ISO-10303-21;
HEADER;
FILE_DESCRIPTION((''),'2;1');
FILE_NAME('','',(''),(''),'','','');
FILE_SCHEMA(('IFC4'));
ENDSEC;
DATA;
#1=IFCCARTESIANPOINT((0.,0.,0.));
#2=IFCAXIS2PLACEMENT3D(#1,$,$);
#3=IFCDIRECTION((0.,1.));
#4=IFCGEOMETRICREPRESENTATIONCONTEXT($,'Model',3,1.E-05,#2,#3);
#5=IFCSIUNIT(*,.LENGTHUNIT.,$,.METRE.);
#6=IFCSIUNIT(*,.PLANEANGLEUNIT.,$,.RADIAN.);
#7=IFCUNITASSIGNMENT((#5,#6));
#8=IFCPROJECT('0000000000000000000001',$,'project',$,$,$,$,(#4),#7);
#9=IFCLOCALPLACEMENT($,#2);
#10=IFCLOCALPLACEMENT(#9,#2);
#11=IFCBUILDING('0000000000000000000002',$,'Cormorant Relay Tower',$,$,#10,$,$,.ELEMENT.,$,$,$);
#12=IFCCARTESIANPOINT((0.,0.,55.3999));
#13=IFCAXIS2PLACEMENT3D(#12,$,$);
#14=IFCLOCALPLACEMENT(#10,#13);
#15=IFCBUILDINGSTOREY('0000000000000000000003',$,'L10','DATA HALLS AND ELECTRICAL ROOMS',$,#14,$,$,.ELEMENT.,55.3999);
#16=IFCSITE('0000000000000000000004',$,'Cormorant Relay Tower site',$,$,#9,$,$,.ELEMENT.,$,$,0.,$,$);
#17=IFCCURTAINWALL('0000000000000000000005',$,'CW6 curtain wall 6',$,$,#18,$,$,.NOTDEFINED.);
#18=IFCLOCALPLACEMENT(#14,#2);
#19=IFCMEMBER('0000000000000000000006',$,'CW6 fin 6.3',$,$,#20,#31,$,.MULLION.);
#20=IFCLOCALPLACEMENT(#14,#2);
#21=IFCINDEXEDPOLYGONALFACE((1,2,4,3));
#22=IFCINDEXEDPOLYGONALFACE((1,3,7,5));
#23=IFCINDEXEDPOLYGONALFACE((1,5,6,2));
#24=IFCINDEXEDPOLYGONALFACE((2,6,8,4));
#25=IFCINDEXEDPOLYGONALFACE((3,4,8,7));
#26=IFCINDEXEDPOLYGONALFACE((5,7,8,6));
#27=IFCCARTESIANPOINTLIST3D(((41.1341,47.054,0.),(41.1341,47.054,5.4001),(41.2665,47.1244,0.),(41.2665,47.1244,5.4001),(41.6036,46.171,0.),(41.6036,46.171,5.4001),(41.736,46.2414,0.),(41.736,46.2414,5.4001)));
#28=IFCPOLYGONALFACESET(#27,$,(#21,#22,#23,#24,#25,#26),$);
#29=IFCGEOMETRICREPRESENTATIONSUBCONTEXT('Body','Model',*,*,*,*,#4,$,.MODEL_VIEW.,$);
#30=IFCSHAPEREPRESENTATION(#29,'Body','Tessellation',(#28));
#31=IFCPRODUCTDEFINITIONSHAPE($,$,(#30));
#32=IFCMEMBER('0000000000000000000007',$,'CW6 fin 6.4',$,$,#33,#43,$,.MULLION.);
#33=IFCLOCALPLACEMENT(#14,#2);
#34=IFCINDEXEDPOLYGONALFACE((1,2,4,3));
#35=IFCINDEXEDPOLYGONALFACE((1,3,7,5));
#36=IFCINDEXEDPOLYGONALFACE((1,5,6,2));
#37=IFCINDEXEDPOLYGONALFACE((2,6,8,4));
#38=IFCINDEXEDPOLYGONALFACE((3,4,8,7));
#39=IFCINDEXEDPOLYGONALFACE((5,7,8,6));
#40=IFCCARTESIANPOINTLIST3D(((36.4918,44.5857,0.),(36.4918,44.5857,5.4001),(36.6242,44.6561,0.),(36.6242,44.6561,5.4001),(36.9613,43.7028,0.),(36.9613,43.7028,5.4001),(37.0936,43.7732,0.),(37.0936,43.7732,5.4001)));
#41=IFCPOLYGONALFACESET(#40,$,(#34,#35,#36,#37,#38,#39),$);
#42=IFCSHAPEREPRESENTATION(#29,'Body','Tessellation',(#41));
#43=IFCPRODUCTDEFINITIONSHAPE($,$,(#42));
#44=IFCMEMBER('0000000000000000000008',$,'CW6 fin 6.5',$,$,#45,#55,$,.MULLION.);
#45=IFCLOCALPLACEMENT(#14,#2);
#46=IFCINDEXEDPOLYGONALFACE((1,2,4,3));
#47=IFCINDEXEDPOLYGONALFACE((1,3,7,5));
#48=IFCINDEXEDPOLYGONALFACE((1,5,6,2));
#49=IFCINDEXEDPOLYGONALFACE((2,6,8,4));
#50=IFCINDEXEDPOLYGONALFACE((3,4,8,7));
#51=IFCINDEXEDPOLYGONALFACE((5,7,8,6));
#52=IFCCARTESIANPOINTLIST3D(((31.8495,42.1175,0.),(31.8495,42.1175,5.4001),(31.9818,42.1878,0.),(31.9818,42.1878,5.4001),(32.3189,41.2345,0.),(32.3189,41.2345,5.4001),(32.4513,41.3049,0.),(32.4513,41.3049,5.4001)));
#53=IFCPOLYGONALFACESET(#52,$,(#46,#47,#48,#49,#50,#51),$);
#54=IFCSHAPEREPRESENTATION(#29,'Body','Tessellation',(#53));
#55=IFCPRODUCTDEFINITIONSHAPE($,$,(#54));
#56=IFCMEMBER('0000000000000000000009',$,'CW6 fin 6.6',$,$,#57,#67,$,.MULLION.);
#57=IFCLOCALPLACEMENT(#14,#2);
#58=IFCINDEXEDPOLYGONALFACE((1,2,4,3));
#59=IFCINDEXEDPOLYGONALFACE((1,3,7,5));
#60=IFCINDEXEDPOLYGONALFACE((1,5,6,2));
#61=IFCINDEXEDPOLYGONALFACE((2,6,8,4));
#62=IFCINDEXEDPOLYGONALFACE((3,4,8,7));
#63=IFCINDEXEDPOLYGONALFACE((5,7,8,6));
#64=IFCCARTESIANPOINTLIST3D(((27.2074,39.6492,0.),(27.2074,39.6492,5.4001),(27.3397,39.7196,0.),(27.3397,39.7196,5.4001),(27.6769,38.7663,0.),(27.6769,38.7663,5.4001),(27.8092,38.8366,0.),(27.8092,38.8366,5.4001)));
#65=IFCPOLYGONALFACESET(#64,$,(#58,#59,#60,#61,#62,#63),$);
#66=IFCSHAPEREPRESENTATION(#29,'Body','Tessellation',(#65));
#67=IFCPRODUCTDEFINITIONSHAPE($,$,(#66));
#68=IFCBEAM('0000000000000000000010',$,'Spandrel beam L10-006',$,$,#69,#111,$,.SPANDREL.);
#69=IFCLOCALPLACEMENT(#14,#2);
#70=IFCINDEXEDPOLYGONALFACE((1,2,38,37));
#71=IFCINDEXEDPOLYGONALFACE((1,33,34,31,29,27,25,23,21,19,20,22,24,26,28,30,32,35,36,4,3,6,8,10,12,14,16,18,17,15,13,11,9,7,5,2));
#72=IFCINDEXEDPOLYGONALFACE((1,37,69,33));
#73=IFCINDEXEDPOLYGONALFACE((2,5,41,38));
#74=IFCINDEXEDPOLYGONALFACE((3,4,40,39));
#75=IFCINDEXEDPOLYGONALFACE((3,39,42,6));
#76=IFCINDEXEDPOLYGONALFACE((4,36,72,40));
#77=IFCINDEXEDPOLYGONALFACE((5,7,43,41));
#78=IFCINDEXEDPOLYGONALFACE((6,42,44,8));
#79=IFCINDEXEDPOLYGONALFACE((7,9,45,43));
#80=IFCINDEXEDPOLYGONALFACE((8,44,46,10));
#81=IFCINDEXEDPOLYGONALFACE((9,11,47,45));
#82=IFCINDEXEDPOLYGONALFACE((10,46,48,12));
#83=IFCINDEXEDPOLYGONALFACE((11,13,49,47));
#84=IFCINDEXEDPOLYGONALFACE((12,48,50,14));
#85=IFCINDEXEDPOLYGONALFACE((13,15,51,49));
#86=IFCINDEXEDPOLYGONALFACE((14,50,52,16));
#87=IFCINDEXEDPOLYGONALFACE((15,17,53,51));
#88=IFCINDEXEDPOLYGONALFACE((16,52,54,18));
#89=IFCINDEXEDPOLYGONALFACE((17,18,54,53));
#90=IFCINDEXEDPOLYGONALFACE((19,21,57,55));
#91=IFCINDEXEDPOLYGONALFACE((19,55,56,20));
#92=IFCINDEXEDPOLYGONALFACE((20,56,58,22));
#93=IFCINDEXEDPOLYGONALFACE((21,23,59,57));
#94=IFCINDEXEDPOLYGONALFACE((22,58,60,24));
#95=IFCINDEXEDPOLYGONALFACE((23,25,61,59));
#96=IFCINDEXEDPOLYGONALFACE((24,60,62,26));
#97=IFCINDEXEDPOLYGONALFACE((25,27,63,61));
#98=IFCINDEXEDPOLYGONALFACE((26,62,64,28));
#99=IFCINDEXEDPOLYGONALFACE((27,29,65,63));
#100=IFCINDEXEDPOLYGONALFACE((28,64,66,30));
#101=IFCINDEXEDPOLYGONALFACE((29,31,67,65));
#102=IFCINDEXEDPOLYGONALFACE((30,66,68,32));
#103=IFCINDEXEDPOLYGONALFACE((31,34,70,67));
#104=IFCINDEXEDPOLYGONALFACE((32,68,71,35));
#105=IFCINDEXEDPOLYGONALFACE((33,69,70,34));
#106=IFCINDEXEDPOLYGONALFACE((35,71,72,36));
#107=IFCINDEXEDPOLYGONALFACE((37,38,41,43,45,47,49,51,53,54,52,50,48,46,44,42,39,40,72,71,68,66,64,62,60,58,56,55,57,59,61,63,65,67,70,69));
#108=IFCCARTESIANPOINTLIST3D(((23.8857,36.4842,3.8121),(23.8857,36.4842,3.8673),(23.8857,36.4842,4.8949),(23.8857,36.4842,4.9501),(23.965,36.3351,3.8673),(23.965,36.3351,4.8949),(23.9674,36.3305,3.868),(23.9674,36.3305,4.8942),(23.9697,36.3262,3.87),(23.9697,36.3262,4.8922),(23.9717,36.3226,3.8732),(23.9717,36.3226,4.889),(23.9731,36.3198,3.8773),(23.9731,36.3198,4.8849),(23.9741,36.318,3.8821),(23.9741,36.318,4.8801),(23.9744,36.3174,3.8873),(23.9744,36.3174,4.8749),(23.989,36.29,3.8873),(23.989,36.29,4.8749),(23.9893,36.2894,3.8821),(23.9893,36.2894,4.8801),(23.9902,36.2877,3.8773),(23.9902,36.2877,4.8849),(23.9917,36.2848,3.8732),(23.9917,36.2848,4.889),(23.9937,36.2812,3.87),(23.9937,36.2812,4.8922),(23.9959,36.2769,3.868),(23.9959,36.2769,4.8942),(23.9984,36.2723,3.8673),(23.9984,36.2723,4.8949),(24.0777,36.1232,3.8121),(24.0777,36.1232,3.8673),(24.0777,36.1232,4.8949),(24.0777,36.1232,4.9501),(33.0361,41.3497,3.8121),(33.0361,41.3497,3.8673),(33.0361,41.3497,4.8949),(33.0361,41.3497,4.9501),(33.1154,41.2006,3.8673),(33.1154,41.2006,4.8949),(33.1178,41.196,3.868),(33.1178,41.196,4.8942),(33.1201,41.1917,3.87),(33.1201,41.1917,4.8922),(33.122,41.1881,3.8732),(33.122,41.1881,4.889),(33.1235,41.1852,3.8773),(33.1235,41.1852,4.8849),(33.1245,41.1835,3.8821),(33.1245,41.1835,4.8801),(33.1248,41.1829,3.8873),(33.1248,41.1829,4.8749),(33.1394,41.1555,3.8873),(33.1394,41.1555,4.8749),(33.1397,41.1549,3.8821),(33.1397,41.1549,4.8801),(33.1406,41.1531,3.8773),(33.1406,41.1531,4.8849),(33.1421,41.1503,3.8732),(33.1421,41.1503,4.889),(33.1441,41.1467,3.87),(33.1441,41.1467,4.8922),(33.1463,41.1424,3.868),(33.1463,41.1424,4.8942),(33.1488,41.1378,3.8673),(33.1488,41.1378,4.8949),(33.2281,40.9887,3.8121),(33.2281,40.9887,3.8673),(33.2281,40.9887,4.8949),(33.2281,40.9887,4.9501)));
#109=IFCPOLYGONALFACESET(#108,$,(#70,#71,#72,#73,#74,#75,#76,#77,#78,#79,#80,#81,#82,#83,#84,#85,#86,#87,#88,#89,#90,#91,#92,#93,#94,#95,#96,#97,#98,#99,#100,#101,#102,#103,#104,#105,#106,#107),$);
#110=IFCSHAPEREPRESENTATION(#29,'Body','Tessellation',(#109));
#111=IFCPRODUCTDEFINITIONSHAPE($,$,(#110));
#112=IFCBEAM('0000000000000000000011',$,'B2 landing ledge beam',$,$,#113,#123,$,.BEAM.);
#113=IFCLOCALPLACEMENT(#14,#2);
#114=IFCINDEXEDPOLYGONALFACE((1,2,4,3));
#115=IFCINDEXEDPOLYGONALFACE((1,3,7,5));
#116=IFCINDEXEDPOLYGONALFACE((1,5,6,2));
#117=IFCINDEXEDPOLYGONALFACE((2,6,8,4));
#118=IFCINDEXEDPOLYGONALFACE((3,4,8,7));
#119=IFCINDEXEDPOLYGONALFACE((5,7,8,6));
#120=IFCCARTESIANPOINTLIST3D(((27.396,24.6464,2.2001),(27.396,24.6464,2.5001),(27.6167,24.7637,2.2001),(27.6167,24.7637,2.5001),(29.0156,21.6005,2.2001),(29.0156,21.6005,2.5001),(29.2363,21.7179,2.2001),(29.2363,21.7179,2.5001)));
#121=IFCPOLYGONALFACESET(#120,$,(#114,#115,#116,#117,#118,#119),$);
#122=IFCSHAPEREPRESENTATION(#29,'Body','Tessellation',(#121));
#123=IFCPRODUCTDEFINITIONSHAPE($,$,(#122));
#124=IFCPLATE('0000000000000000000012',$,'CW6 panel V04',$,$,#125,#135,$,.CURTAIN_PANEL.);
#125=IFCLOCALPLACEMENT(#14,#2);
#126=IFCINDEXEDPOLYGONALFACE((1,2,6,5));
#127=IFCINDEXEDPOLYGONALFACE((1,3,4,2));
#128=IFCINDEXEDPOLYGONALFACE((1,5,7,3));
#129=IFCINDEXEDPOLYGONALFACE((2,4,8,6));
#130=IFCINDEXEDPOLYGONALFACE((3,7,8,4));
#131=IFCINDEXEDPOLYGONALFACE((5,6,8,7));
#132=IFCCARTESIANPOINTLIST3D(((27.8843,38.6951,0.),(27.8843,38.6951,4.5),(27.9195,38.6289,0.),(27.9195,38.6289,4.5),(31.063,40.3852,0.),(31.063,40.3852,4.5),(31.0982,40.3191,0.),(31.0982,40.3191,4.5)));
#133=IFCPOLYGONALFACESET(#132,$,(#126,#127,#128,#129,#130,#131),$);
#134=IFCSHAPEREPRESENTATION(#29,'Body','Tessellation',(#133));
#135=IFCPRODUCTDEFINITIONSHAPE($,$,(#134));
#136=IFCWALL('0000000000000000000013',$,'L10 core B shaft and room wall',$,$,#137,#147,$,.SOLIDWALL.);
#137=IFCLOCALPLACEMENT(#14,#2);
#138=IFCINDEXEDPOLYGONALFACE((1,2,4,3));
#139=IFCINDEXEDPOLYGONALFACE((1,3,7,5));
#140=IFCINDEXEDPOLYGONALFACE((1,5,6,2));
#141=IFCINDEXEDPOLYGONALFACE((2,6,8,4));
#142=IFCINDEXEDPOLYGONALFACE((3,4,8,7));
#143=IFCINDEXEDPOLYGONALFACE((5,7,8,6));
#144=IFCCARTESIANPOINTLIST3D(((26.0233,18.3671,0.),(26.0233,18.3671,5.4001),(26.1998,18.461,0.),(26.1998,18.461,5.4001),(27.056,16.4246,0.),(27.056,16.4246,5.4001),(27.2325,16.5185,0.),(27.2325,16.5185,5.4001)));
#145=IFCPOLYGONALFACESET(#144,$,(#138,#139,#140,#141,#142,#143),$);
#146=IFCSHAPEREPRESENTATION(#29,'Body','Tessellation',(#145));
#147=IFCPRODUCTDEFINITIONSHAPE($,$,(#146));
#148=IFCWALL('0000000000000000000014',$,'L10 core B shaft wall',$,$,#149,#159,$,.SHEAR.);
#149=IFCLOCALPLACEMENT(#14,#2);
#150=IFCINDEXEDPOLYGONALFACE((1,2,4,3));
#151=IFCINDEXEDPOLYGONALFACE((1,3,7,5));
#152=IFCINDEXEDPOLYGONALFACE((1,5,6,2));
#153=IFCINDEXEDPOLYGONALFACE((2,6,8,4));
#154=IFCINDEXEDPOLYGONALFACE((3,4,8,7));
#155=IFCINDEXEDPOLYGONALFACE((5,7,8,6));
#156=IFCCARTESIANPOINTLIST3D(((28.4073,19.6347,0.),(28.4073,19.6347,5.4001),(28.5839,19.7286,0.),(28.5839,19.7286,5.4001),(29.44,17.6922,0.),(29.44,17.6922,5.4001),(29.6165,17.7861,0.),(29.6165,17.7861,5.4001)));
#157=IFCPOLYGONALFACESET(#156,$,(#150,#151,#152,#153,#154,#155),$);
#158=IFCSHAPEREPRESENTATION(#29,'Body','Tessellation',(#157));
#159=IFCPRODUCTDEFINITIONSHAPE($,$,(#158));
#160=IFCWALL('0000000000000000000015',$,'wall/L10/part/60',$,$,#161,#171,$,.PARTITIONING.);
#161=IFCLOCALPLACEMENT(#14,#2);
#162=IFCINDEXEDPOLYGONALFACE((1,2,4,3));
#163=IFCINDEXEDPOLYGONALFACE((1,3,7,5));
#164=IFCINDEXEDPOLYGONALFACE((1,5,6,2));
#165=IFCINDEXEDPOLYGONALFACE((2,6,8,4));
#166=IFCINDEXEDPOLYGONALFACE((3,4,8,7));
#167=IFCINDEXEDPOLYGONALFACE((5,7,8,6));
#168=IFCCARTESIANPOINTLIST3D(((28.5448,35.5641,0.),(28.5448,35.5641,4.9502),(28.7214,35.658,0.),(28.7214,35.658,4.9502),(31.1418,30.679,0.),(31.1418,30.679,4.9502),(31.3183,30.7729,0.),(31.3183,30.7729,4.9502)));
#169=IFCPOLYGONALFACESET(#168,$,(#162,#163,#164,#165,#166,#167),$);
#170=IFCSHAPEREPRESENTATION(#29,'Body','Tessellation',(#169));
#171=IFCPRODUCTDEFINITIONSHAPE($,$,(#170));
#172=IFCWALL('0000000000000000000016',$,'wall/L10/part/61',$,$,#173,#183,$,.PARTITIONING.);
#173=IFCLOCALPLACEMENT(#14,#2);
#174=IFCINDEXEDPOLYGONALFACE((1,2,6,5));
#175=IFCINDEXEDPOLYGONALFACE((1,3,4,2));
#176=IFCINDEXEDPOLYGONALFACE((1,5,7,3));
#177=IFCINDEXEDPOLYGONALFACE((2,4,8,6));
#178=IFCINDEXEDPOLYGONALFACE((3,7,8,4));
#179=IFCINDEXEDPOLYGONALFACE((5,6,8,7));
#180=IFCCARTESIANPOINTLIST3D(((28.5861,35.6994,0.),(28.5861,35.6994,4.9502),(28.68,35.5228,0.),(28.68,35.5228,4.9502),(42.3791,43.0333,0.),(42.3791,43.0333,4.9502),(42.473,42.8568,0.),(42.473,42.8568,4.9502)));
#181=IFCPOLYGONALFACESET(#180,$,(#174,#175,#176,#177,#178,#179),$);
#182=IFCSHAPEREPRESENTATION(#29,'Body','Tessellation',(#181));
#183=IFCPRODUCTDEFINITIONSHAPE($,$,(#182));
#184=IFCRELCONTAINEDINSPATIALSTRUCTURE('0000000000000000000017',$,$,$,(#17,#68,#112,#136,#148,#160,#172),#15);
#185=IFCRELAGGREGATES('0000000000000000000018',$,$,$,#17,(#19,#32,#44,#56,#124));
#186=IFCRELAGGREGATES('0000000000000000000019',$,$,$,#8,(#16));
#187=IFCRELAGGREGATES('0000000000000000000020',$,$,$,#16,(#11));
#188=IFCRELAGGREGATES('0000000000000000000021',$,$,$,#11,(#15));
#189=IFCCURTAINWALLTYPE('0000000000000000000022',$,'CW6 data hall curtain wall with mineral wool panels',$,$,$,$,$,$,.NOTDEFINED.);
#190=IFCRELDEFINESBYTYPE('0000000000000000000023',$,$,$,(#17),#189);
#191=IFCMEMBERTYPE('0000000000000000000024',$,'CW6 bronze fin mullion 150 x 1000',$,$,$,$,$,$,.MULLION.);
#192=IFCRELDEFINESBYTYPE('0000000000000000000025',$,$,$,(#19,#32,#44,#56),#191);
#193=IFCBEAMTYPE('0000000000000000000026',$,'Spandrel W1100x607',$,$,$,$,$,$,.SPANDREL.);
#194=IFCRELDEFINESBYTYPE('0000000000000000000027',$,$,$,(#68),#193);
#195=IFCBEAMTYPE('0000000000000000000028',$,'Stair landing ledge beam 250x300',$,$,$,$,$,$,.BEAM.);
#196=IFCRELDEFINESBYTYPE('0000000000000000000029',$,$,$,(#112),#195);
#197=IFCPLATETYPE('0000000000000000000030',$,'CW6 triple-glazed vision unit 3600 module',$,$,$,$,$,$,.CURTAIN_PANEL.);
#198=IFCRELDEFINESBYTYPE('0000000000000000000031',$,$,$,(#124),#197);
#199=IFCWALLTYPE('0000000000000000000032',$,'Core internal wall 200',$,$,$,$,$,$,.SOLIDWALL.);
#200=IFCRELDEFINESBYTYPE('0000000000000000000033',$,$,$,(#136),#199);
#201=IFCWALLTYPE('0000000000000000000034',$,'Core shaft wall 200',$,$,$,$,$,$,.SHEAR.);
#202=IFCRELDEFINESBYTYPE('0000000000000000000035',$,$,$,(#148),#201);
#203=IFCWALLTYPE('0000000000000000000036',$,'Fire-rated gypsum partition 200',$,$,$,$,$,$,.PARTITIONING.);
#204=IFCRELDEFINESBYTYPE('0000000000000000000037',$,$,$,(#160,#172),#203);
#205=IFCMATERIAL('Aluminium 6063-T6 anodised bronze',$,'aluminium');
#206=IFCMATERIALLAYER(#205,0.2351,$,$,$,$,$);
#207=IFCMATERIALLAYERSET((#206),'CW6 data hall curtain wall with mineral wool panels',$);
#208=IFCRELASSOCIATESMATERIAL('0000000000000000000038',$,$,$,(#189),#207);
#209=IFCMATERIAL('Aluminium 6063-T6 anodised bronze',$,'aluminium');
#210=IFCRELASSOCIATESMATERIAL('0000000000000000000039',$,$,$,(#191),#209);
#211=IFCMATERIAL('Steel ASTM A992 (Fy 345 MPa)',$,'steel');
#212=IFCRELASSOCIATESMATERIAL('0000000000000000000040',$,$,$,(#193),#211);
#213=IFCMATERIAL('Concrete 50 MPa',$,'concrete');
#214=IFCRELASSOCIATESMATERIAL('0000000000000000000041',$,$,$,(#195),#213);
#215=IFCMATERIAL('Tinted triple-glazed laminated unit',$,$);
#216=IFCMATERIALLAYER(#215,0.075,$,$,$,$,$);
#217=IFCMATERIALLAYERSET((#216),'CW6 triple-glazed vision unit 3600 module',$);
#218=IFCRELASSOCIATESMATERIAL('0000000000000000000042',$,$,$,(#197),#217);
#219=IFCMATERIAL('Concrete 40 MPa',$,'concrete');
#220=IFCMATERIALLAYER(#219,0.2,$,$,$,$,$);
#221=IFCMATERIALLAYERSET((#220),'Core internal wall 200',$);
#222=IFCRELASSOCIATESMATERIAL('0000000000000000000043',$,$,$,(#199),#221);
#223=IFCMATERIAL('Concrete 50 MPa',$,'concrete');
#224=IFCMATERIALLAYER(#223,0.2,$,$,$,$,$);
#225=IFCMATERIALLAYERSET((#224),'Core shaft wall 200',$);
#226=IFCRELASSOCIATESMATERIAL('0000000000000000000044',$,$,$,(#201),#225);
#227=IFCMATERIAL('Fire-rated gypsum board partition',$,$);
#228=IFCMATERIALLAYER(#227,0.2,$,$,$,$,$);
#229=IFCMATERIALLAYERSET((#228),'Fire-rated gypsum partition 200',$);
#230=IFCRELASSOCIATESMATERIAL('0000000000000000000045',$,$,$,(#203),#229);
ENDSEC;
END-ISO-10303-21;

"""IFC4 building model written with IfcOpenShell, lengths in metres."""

from ifc_helpers import new_model, si_unit, direction, frame, frame_2d, origin, origin_2d, place, context, subcontext, project, spatial, rectangle, i_section, extrude, material, layer, layer_set, material_profile, profile_set, type_object, element, aggregate, save


model = new_model("IFC4")

# Units and contexts
model_context = context("Model", 3, precision=1e-05, world=origin(), true_north=direction((0.0, 1.0)))
body_context = subcontext(model_context, "Body", "Model", "MODEL_VIEW")
ifc_project = project(units=[si_unit("LENGTHUNIT", "METRE"), si_unit("PLANEANGLEUNIT", "RADIAN")], contexts=[model_context])

# Site, building, storey
site_placement = place(None, origin())
site = spatial("IfcSite", under=ifc_project, at=site_placement, Name="Cormorant Relay Tower site", CompositionType="ELEMENT", RefElevation=0.0)
building_placement = place(site_placement, origin())
building = spatial("IfcBuilding", under=site, at=building_placement, Name="Cormorant Relay Tower", CompositionType="ELEMENT")
storey_placement = place(building_placement, frame((0.0, 0.0, 55.3999)))
storey = spatial("IfcBuildingStorey", under=building, at=storey_placement, Name="L10", Description="DATA HALLS AND ELECTRICAL ROOMS", CompositionType="ELEMENT", Elevation=55.3999)

# Curtain wall, members
ifc_material_1 = material(Name="Aluminium 6063-T6 anodised bronze", Category="aluminium")
ifc_layer_1 = layer(ifc_material_1, 0.2351)
ifc_layer_set_1 = layer_set([ifc_layer_1], Name="CW6 data hall curtain wall with mineral wool panels")
curtain_wall_type = type_object("IfcCurtainWallType", Name="CW6 data hall curtain wall with mineral wool panels", PredefinedType="NOTDEFINED", material=ifc_layer_set_1)
curtain_wall_placement = place(storey_placement, origin())
curtain_wall = element("IfcCurtainWall", 1, at=curtain_wall_placement, inside=storey, type_object=curtain_wall_type, Name="CW6 curtain wall 6", PredefinedType="NOTDEFINED")
ifc_material_2 = material(Name="Aluminium 6063-T6 anodised bronze", Category="aluminium")
ifc_material_profile_1 = material_profile(ifc_material_2, rectangle(XDim=0.1499, YDim=1.0, at=origin_2d()), Name="AL 150x1000")
ifc_profile_set_1 = profile_set([ifc_material_profile_1], Name="Aluminium 6063-T6 anodised bronze")
member_type = type_object("IfcMemberType", Name="CW6 bronze fin mullion 150 x 1000", PredefinedType="MULLION", material=ifc_profile_set_1)
member_1_placement = place(storey_placement, frame((41.4351, 46.6477, 0.0), z_axis=(0.0, 0.0, 1.0), x_axis=(-0.882948, -0.469472, 0.0)))
member_1 = element("IfcMember", 2, at=member_1_placement, type_object=member_type, Name="CW6 fin 6.3", PredefinedType="MULLION", context=body_context, shape_type="SweptSolid", body=[
    extrude(rectangle(XDim=0.1499, YDim=1.0, at=origin_2d()), origin(), (0.0, 0.0, 1.0), 5.4001),
])
member_2_placement = place(storey_placement, frame((36.7927, 44.1794, 0.0), z_axis=(0.0, 0.0, 1.0), x_axis=(-0.882948, -0.469472, 0.0)))
member_2 = element("IfcMember", 3, at=member_2_placement, type_object=member_type, Name="CW6 fin 6.4", PredefinedType="MULLION", context=body_context, shape_type="SweptSolid", body=[
    extrude(rectangle(XDim=0.1499, YDim=1.0, at=origin_2d()), origin(), (0.0, 0.0, 1.0), 5.4001),
])
member_3_placement = place(storey_placement, frame((32.1504, 41.7112, 0.0), z_axis=(0.0, 0.0, 1.0), x_axis=(-0.882948, -0.469472, 0.0)))
member_3 = element("IfcMember", 4, at=member_3_placement, type_object=member_type, Name="CW6 fin 6.5", PredefinedType="MULLION", context=body_context, shape_type="SweptSolid", body=[
    extrude(rectangle(XDim=0.1499, YDim=1.0, at=origin_2d()), origin(), (0.0, 0.0, 1.0), 5.4001),
])
member_4_placement = place(storey_placement, frame((27.5083, 39.2429, 0.0), z_axis=(0.0, 0.0, 1.0), x_axis=(-0.882948, -0.469472, 0.0)))
member_4 = element("IfcMember", 5, at=member_4_placement, type_object=member_type, Name="CW6 fin 6.6", PredefinedType="MULLION", context=body_context, shape_type="SweptSolid", body=[
    extrude(rectangle(XDim=0.1499, YDim=1.0, at=origin_2d()), origin(), (0.0, 0.0, 1.0), 5.4001),
])

# Beams
ifc_material_3 = material(Name="Steel ASTM A992 (Fy 345 MPa)", Category="steel")
ifc_material_profile_2 = material_profile(ifc_material_3, i_section(OverallWidth=0.4089, OverallDepth=1.1379, WebThickness=0.031, FlangeThickness=0.0552, FilletRadius=0.02, at=origin_2d()), Name="W1100x607")
ifc_profile_set_2 = profile_set([ifc_material_profile_2], Name="Steel ASTM A992 (Fy 345 MPa)")
beam_type_1 = type_object("IfcBeamType", Name="Spandrel W1100x607", PredefinedType="SPANDREL", material=ifc_profile_set_2)
beam_1_placement = place(storey_placement, frame((33.1321, 41.1692, 4.3811), z_axis=(-0.882942, -0.469481, 0.0), x_axis=(0.469481, -0.882942, 0.0)))
element("IfcBeam", 6, at=beam_1_placement, inside=storey, type_object=beam_type_1, Name="Spandrel beam L10-006", PredefinedType="SPANDREL", context=body_context, shape_type="SweptSolid", body=[
    extrude(i_section(OverallWidth=0.4089, OverallDepth=1.1379, WebThickness=0.031, FlangeThickness=0.0552, FilletRadius=0.02, at=origin_2d()), origin(), (0.0, 0.0, 1.0), 10.3635),
])
ifc_material_4 = material(Name="Concrete 50 MPa", Category="concrete")
ifc_material_profile_3 = material_profile(ifc_material_4, rectangle(XDim=0.25, YDim=0.3, at=origin_2d()), Name="RC 250x300")
ifc_profile_set_3 = profile_set([ifc_material_profile_3], Name="Concrete 50 MPa")
beam_type_2 = type_object("IfcBeamType", Name="Stair landing ledge beam 250x300", PredefinedType="BEAM", material=ifc_profile_set_3)
beam_2_placement = place(storey_placement, frame((29.126, 21.6592, 2.3501), z_axis=(-0.469493, 0.882936, 0.0), x_axis=(-0.882936, -0.469493, 0.0)))
element("IfcBeam", 7, at=beam_2_placement, inside=storey, type_object=beam_type_2, Name="B2 landing ledge beam", PredefinedType="BEAM", context=body_context, shape_type="SweptSolid", body=[
    extrude(rectangle(XDim=0.25, YDim=0.3, at=origin_2d()), origin(), (0.0, 0.0, 1.0), 3.4497),
])

# Plate
ifc_material_5 = material(Name="Tinted triple-glazed laminated unit")
ifc_layer_2 = layer(ifc_material_5, 0.075)
ifc_layer_set_2 = layer_set([ifc_layer_2], Name="CW6 triple-glazed vision unit 3600 module")
plate_type = type_object("IfcPlateType", Name="CW6 triple-glazed vision unit 3600 module", PredefinedType="CURTAIN_PANEL", material=ifc_layer_set_2)
plate_placement = place(storey_placement, frame((29.4912, 39.5071, 0.0), z_axis=(0.0, 0.0, 1.0), x_axis=(-0.882948, -0.469472, 0.0)))
plate = element("IfcPlate", 8, at=plate_placement, type_object=plate_type, Name="CW6 panel V04", PredefinedType="CURTAIN_PANEL", context=body_context, shape_type="SweptSolid", body=[
    extrude(rectangle(XDim=3.6001, YDim=0.075, at=origin_2d()), origin(), (0.0, 0.0, 1.0), 4.5),
])

# Walls
ifc_material_6 = material(Name="Concrete 40 MPa", Category="concrete")
ifc_layer_3 = layer(ifc_material_6, 0.2)
ifc_layer_set_3 = layer_set([ifc_layer_3], Name="Core internal wall 200")
wall_type_1 = type_object("IfcWallType", Name="Core internal wall 200", PredefinedType="SOLIDWALL", material=ifc_layer_set_3)
wall_1_placement = place(storey_placement, frame((27.1443, 16.4714, 0.0), z_axis=(0.0, 0.0, 1.0), x_axis=(-0.469401, 0.882985, 0.0)))
element("IfcWall", 9, at=wall_1_placement, inside=storey, type_object=wall_type_1, Name="L10 core B shaft and room wall", PredefinedType="SOLIDWALL", context=body_context, shape_type="SweptSolid", body=[
    extrude(rectangle(XDim=2.2, YDim=0.2, at=frame_2d((1.1001, 0.0))), origin(), (0.0, 0.0, 1.0), 5.4001),
])
ifc_material_7 = material(Name="Concrete 50 MPa", Category="concrete")
ifc_layer_4 = layer(ifc_material_7, 0.2)
ifc_layer_set_4 = layer_set([ifc_layer_4], Name="Core shaft wall 200")
wall_type_2 = type_object("IfcWallType", Name="Core shaft wall 200", PredefinedType="SHEAR", material=ifc_layer_set_4)
wall_2_placement = place(storey_placement, frame((29.5283, 17.739, 0.0), z_axis=(0.0, 0.0, 1.0), x_axis=(-0.469401, 0.882985, 0.0)))
element("IfcWall", 10, at=wall_2_placement, inside=storey, type_object=wall_type_2, Name="L10 core B shaft wall", PredefinedType="SHEAR", context=body_context, shape_type="SweptSolid", body=[
    extrude(rectangle(XDim=2.2, YDim=0.2, at=frame_2d((1.1001, 0.0))), origin(), (0.0, 0.0, 1.0), 5.4001),
])
ifc_material_8 = material(Name="Fire-rated gypsum board partition")
ifc_layer_5 = layer(ifc_material_8, 0.2)
ifc_layer_set_5 = layer_set([ifc_layer_5], Name="Fire-rated gypsum partition 200")
wall_type_3 = type_object("IfcWallType", Name="Fire-rated gypsum partition 200", PredefinedType="PARTITIONING", material=ifc_layer_set_5)
wall_3_placement = place(storey_placement, frame((31.23, 30.7261, 0.0), z_axis=(0.0, 0.0, 1.0), x_axis=(-0.469404, 0.882984, 0.0)))
element("IfcWall", 11, at=wall_3_placement, inside=storey, type_object=wall_type_3, Name="wall/L10/part/60", PredefinedType="PARTITIONING", context=body_context, shape_type="SweptSolid", body=[
    extrude(rectangle(XDim=5.5325, YDim=0.2, at=frame_2d((2.7661, 0.0))), origin(), (0.0, 0.0, 1.0), 4.9502),
])
wall_4_placement = place(storey_placement, frame((28.6331, 35.6111, 0.0), z_axis=(0.0, 0.0, 1.0), x_axis=(0.882944, 0.469478, 0.0)))
element("IfcWall", 12, at=wall_4_placement, inside=storey, type_object=wall_type_3, Name="wall/L10/part/61", PredefinedType="PARTITIONING", context=body_context, shape_type="SweptSolid", body=[
    extrude(rectangle(XDim=15.6216, YDim=0.2, at=frame_2d((7.8108, 0.0))), origin(), (0.0, 0.0, 1.0), 4.9502),
])

aggregate(curtain_wall, [member_1, member_2, member_3, member_4, plate])

save(model, "model.ifc")
